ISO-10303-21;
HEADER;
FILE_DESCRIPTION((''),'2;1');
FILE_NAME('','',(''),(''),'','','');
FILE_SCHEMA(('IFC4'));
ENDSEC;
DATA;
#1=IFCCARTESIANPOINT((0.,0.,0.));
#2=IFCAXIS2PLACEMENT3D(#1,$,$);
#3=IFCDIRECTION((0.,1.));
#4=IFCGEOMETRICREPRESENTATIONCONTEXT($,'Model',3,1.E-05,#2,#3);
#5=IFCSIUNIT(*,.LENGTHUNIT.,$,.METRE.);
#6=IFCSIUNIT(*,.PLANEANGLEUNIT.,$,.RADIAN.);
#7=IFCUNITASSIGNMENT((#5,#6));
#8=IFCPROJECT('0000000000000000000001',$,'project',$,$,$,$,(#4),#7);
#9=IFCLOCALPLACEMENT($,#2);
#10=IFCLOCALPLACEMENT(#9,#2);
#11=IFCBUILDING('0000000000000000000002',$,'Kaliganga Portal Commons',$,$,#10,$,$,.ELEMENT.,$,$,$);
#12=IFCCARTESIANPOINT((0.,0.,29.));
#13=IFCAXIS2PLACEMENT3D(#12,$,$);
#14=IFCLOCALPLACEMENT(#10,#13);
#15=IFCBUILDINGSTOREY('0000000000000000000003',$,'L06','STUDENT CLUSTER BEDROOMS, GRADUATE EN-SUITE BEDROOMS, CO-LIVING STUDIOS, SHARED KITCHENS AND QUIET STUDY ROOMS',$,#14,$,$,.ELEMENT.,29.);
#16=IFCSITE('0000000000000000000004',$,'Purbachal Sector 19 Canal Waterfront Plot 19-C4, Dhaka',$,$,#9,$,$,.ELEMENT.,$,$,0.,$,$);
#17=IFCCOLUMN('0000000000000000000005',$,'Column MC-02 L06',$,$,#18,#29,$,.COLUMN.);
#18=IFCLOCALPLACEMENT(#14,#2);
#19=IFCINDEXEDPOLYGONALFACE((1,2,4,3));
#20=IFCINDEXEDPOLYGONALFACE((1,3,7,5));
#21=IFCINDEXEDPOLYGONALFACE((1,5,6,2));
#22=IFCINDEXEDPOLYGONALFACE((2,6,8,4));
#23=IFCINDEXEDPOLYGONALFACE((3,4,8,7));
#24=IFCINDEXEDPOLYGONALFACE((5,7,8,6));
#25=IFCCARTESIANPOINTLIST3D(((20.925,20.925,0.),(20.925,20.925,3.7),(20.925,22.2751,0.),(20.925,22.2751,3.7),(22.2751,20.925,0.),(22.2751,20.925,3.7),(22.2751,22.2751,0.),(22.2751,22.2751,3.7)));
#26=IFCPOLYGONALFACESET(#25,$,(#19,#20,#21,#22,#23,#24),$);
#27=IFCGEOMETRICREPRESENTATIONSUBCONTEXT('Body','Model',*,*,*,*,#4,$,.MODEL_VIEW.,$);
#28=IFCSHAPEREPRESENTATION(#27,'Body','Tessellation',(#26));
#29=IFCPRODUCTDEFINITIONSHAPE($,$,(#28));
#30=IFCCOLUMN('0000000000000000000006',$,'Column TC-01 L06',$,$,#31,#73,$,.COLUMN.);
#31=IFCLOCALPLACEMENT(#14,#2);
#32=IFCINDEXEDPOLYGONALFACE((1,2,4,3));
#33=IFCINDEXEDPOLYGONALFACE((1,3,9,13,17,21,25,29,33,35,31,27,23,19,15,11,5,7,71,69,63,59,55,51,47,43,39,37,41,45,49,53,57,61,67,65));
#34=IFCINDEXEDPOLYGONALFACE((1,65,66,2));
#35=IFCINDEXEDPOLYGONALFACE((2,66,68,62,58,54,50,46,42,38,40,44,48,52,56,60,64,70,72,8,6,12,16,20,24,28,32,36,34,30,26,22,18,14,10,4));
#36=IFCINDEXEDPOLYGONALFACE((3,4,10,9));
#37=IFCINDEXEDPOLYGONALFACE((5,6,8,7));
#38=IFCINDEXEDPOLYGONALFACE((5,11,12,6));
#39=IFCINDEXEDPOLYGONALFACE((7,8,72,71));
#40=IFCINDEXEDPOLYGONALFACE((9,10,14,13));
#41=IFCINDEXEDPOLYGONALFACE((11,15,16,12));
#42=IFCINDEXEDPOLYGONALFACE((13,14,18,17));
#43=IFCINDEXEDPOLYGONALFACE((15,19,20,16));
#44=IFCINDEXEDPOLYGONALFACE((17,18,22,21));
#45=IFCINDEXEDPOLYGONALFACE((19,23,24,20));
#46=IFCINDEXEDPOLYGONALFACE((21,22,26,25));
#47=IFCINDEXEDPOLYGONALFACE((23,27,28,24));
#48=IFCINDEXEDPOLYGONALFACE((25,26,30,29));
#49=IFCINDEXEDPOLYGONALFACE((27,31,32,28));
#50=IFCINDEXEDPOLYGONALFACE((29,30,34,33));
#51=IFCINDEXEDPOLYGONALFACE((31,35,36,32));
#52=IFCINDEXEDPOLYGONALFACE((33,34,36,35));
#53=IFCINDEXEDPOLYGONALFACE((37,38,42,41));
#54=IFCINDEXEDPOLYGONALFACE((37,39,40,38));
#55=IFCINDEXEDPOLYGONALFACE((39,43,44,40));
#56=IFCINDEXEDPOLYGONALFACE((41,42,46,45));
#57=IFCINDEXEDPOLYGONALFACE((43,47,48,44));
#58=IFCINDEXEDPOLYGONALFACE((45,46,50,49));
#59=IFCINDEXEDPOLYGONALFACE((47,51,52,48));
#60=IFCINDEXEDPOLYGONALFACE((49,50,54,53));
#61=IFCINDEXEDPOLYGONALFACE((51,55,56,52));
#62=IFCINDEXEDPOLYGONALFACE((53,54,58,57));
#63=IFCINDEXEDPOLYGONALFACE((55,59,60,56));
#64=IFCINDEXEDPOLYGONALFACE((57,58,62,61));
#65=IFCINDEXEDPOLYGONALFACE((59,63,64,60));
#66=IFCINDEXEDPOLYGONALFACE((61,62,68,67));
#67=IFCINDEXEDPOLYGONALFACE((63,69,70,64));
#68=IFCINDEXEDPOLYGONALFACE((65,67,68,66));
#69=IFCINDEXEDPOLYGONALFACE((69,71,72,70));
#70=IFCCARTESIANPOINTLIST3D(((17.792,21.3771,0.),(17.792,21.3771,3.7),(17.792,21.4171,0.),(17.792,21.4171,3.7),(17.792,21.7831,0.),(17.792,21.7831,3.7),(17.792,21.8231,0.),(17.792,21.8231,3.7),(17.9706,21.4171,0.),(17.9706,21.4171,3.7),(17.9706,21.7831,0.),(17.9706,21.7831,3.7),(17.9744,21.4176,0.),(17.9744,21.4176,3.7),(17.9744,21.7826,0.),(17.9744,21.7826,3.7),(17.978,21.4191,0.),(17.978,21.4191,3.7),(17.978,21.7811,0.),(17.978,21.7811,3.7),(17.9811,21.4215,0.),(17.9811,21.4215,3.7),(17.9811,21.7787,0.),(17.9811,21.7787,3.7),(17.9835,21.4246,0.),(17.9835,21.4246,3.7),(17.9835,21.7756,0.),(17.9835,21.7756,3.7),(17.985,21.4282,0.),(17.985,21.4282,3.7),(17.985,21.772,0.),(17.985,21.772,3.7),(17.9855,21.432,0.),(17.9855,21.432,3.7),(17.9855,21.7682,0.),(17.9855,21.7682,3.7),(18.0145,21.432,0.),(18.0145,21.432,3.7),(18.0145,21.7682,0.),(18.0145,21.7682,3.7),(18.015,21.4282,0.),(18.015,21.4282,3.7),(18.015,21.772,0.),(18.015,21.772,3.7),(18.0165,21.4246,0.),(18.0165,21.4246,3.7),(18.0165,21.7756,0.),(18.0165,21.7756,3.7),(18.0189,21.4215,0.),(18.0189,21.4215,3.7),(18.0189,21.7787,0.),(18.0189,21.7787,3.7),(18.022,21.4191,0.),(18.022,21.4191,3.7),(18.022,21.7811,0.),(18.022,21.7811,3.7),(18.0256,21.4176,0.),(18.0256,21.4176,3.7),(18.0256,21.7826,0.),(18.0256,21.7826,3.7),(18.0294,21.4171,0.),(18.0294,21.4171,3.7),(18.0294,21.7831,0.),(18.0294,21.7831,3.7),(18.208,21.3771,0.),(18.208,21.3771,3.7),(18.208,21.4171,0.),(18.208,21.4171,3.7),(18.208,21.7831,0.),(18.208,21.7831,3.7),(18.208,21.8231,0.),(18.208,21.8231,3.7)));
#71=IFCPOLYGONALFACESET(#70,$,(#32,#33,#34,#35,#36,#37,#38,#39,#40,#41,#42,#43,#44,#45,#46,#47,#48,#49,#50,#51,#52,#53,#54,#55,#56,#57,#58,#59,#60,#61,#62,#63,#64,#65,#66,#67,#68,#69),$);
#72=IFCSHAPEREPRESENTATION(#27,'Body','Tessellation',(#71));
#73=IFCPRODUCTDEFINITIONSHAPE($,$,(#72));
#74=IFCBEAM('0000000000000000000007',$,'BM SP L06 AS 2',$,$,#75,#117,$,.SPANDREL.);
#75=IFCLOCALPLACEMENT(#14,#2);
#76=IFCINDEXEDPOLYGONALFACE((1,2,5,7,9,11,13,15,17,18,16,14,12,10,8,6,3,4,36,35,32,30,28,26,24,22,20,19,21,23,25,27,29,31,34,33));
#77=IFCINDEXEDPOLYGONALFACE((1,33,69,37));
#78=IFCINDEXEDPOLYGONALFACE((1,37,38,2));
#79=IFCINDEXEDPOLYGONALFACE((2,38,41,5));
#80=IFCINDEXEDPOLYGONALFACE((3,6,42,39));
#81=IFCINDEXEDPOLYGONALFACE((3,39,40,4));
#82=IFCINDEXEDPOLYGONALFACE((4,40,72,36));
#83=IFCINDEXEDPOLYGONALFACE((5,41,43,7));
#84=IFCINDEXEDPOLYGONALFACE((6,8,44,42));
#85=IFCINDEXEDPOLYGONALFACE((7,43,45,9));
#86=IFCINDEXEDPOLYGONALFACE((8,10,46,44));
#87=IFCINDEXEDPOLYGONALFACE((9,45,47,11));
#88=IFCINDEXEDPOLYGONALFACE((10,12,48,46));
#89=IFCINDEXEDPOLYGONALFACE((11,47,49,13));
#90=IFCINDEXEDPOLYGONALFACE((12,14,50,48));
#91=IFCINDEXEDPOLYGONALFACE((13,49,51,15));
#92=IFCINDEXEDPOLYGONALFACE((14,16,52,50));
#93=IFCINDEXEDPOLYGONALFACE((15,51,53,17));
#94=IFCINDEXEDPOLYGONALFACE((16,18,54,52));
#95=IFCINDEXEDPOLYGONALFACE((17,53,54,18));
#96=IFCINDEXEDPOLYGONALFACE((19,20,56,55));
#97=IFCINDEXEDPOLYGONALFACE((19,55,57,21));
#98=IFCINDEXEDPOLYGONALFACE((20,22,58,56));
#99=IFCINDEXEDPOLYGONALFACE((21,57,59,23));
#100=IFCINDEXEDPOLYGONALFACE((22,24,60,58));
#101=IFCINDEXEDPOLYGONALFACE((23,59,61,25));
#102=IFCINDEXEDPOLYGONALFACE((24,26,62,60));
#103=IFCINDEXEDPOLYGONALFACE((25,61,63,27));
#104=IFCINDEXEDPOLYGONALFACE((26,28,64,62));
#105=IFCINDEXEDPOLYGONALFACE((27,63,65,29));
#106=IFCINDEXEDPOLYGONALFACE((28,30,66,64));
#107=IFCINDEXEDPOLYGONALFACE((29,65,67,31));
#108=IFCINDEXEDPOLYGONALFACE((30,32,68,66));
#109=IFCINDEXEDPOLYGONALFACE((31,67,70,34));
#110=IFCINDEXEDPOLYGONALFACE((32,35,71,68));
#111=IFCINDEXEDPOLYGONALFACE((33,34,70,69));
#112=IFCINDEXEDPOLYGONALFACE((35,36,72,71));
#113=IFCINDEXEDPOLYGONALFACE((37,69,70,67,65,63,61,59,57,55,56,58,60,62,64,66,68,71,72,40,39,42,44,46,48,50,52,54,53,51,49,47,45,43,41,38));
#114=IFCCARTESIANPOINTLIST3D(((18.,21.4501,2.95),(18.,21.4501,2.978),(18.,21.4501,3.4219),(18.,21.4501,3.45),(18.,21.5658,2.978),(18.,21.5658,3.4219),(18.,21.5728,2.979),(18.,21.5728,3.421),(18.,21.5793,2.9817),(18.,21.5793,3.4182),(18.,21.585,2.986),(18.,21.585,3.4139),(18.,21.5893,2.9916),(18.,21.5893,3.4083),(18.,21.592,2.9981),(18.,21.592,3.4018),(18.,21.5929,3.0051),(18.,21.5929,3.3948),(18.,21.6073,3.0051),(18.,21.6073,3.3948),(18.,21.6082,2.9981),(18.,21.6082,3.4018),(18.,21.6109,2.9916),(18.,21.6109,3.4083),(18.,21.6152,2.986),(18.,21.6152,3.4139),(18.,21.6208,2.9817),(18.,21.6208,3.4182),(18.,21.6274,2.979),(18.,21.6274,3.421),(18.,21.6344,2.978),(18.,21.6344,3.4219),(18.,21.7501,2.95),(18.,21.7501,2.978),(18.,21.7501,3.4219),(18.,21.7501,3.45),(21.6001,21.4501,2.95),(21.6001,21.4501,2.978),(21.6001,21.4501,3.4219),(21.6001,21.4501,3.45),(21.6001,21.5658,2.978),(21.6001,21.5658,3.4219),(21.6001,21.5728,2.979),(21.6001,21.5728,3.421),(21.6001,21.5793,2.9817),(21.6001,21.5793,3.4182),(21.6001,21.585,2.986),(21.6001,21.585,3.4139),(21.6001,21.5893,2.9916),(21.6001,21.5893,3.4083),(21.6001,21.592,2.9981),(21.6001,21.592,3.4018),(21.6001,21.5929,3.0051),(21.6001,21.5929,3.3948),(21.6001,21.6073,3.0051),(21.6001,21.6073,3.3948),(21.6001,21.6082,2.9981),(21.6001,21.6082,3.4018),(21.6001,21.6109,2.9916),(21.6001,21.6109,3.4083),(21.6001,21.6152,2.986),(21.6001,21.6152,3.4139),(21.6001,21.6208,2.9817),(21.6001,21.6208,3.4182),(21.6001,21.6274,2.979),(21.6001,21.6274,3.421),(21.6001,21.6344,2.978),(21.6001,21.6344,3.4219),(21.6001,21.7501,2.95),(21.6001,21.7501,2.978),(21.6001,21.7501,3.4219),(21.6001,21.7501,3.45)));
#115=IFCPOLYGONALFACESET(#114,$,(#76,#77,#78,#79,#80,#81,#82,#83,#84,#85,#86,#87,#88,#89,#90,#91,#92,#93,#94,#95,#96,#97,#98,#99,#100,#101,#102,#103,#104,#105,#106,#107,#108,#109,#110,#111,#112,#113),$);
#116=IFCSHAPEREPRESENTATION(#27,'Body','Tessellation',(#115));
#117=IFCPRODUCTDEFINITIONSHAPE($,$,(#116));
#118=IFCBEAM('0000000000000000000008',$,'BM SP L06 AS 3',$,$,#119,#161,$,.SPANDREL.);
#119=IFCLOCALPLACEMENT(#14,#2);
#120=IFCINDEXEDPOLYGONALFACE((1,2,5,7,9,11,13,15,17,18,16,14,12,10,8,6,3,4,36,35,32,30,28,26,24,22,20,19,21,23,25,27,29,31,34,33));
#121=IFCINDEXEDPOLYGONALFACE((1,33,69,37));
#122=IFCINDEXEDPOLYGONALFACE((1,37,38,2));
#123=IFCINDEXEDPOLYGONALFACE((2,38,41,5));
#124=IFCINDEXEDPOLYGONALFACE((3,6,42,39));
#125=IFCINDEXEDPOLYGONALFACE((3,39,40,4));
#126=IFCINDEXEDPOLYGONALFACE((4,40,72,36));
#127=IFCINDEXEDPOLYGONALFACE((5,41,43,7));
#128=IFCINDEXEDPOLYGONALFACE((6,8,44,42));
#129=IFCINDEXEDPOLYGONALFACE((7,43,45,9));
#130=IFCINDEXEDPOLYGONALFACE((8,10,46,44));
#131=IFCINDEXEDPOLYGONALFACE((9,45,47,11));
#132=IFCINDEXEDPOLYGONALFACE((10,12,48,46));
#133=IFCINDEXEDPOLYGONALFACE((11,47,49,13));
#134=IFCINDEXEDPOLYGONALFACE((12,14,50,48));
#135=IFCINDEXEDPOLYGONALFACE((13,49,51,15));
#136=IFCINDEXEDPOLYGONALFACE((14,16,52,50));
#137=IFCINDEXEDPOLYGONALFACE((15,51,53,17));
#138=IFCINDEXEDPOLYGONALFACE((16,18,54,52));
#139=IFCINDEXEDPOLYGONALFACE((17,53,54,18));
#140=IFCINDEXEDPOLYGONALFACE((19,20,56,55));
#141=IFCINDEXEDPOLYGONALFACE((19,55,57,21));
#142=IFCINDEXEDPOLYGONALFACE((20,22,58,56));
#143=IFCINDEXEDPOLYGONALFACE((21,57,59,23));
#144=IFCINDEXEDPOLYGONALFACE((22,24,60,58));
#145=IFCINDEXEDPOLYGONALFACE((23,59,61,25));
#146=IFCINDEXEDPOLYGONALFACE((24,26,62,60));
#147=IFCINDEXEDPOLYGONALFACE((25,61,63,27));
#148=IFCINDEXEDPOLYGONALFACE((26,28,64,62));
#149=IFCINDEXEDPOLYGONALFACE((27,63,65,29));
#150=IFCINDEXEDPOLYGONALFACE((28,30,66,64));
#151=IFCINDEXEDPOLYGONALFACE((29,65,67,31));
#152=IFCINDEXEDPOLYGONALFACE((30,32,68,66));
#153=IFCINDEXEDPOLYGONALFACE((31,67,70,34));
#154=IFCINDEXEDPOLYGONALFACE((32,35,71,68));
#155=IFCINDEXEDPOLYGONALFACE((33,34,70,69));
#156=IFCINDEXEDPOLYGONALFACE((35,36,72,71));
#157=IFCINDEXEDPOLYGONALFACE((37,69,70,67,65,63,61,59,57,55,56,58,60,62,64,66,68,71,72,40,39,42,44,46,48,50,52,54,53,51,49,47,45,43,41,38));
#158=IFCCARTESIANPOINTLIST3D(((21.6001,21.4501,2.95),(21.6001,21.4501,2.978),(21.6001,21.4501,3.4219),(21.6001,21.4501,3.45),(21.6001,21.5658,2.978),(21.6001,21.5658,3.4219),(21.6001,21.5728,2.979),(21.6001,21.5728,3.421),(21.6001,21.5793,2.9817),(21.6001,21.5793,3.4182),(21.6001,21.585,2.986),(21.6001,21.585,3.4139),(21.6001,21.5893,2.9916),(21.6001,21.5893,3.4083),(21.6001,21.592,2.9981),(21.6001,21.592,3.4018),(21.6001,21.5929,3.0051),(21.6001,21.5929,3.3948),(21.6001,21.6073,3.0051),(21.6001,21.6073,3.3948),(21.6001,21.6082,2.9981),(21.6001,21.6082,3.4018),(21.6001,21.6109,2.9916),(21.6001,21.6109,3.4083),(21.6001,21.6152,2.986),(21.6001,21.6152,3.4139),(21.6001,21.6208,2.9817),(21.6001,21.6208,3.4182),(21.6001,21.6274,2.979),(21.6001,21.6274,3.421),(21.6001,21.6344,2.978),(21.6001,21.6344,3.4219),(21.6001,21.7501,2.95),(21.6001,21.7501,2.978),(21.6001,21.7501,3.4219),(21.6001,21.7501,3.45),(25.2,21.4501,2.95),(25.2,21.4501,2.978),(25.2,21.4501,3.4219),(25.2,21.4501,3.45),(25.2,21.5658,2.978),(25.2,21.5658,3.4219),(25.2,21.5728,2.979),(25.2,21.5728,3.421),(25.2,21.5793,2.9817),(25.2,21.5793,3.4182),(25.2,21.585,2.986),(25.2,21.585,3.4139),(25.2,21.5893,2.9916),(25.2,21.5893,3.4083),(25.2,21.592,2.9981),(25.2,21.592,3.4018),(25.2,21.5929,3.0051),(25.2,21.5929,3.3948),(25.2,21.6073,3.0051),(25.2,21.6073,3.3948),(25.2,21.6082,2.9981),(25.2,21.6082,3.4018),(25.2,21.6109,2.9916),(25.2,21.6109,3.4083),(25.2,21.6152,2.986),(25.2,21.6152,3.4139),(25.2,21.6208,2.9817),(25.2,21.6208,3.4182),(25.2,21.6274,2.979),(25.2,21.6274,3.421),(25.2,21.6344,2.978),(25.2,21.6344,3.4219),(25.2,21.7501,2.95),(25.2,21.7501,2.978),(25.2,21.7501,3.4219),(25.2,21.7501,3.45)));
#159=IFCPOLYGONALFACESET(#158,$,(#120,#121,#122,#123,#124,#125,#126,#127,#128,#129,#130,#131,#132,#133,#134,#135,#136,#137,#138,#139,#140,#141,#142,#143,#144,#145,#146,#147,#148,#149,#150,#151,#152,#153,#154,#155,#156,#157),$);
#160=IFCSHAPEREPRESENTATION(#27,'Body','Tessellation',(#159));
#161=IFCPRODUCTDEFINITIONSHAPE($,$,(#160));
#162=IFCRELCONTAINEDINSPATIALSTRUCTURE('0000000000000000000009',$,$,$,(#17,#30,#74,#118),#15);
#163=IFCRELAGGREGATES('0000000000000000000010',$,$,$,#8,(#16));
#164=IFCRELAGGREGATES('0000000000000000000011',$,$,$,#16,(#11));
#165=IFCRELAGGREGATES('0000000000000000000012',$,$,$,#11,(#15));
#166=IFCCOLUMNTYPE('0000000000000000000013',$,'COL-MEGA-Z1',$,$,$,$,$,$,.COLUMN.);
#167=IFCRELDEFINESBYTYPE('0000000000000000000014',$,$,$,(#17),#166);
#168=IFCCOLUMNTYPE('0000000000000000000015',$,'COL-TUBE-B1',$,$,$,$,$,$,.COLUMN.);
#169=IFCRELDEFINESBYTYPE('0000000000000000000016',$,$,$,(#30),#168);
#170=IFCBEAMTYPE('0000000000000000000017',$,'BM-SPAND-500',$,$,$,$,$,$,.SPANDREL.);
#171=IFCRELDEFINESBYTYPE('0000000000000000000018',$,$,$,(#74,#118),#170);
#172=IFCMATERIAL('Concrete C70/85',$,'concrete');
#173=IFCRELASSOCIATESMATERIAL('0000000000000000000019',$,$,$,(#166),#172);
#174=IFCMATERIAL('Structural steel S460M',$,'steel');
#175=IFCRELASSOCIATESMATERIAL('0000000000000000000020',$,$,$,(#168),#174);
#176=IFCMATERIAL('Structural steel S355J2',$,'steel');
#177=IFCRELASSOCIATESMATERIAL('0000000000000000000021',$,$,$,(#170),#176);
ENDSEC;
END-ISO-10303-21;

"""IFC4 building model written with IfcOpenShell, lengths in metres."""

from ifc_helpers import new_model, si_unit, direction, frame, origin, origin_2d, place, context, subcontext, project, spatial, rectangle, i_section, extrude, source, transform, mapped, material, material_profile, profile_set, type_object, element, save


model = new_model("IFC4")

# Units and contexts
model_context = context("Model", 3, precision=1e-05, world=origin(), true_north=direction((0.0, 1.0)))
body_context = subcontext(model_context, "Body", "Model", "MODEL_VIEW")
ifc_project = project(units=[si_unit("LENGTHUNIT", "METRE"), si_unit("PLANEANGLEUNIT", "RADIAN")], contexts=[model_context])

# Site, building, storey
site_placement = place(None, origin())
site = spatial("IfcSite", under=ifc_project, at=site_placement, Name="Purbachal Sector 19 Canal Waterfront Plot 19-C4, Dhaka", CompositionType="ELEMENT", RefElevation=0.0)
building_placement = place(site_placement, origin())
building = spatial("IfcBuilding", under=site, at=building_placement, Name="Kaliganga Portal Commons", CompositionType="ELEMENT")
storey_placement = place(building_placement, frame((0.0, 0.0, 29.0)))
storey = spatial("IfcBuildingStorey", under=building, at=storey_placement, Name="L06", Description="STUDENT CLUSTER BEDROOMS, GRADUATE EN-SUITE BEDROOMS, CO-LIVING STUDIOS, SHARED KITCHENS AND QUIET STUDY ROOMS", CompositionType="ELEMENT", Elevation=29.0)

# Columns
ifc_material_1 = material(Name="Concrete C70/85", Category="concrete")
ifc_material_profile_1 = material_profile(ifc_material_1, rectangle(XDim=1.3501, YDim=1.3501, at=origin_2d()), Name="RC 1350x1350")
ifc_profile_set_1 = profile_set([ifc_material_profile_1], Name="Concrete C70/85")
column_type_1 = type_object("IfcColumnType", Name="COL-MEGA-Z1", PredefinedType="COLUMN", material=ifc_profile_set_1)
shared_shape_1 = source(origin(), body_context, "Body", "SweptSolid", [
    extrude(rectangle(XDim=1.3501, YDim=1.3501, at=origin_2d()), origin(), (0.0, 0.0, 1.0), 3.7),
])
column_1_placement = place(storey_placement, frame((21.6001, 21.6001, 0.0), z_axis=(0.0, 0.0, 1.0), x_axis=(1.0, 0.0, 0.0)))
element("IfcColumn", 1, at=column_1_placement, inside=storey, type_object=column_type_1, Name="Column MC-02 L06", PredefinedType="COLUMN", context=body_context, shape_type="MappedRepresentation", body=[
    mapped(shared_shape_1, transform((0.0, 0.0, 0.0), x_axis=(1.0, 0.0, 0.0), y_axis=(0.0, 1.0, 0.0), z_axis=(0.0, 0.0, 1.0), scale=1.0)),
])
ifc_material_2 = material(Name="Structural steel S460M", Category="steel")
ifc_material_profile_2 = material_profile(ifc_material_2, i_section(OverallWidth=0.416, OverallDepth=0.446, WebThickness=0.0291, FlangeThickness=0.04, FilletRadius=0.0149, at=origin_2d()), Name="HD 400x509")
ifc_profile_set_2 = profile_set([ifc_material_profile_2], Name="Structural steel S460M wide-flange")
column_type_2 = type_object("IfcColumnType", Name="COL-TUBE-B1", PredefinedType="COLUMN", material=ifc_profile_set_2)
shared_shape_2 = source(origin(), body_context, "Body", "SweptSolid", [
    extrude(i_section(OverallWidth=0.416, OverallDepth=0.446, WebThickness=0.0291, FlangeThickness=0.04, FilletRadius=0.0149, at=origin_2d()), origin(), (0.0, 0.0, 1.0), 3.7),
])
column_2_placement = place(storey_placement, frame((18.0, 21.6001, 0.0), z_axis=(0.0, 0.0, 1.0), x_axis=(1.0, 0.0, 0.0)))
element("IfcColumn", 2, at=column_2_placement, inside=storey, type_object=column_type_2, Name="Column TC-01 L06", PredefinedType="COLUMN", context=body_context, shape_type="MappedRepresentation", body=[
    mapped(shared_shape_2, transform((0.0, 0.0, 0.0), x_axis=(1.0, 0.0, 0.0), y_axis=(0.0, 1.0, 0.0), z_axis=(0.0, 0.0, 1.0), scale=1.0)),
])

# Beams
ifc_material_3 = material(Name="Structural steel S355J2", Category="steel")
ifc_material_profile_3 = material_profile(ifc_material_3, i_section(OverallWidth=0.3, OverallDepth=0.5, WebThickness=0.0144, FlangeThickness=0.0281, FilletRadius=0.0271, at=origin_2d()), Name="HE 500 B")
ifc_profile_set_3 = profile_set([ifc_material_profile_3], Name="Structural steel S355J2 wide-flange")
beam_type_1 = type_object("IfcBeamType", Name="BM-SPAND-500", PredefinedType="SPANDREL", material=ifc_profile_set_3)
shared_shape_3 = source(origin(), body_context, "Body", "SweptSolid", [
    extrude(i_section(OverallWidth=0.3, OverallDepth=0.5, WebThickness=0.0144, FlangeThickness=0.0281, FilletRadius=0.0271, at=origin_2d()), origin(), (0.0, 0.0, 1.0), 3.6001),
])
beam_1_placement = place(storey_placement, frame((18.0, 21.6001, 3.2), z_axis=(1.0, 0.0, 0.0), x_axis=(0.0, 1.0, 0.0)))
element("IfcBeam", 3, at=beam_1_placement, inside=storey, type_object=beam_type_1, Name="BM SP L06 AS 2", PredefinedType="SPANDREL", context=body_context, shape_type="MappedRepresentation", body=[
    mapped(shared_shape_3, transform((0.0, 0.0, 0.0), x_axis=(1.0, 0.0, 0.0), y_axis=(0.0, 1.0, 0.0), z_axis=(0.0, 0.0, 1.0), scale=1.0)),
])
shared_shape_4 = source(origin(), body_context, "Body", "SweptSolid", [
    extrude(i_section(OverallWidth=0.3, OverallDepth=0.5, WebThickness=0.0144, FlangeThickness=0.0281, FilletRadius=0.0271, at=origin_2d()), origin(), (0.0, 0.0, 1.0), 3.5999),
])
beam_2_placement = place(storey_placement, frame((21.6001, 21.6001, 3.2), z_axis=(1.0, 0.0, 0.0), x_axis=(0.0, 1.0, 0.0)))
element("IfcBeam", 4, at=beam_2_placement, inside=storey, type_object=beam_type_1, Name="BM SP L06 AS 3", PredefinedType="SPANDREL", context=body_context, shape_type="MappedRepresentation", body=[
    mapped(shared_shape_4, transform((0.0, 0.0, 0.0), x_axis=(1.0, 0.0, 0.0), y_axis=(0.0, 1.0, 0.0), z_axis=(0.0, 0.0, 1.0), scale=1.0)),
])

save(model, "model.ifc")
